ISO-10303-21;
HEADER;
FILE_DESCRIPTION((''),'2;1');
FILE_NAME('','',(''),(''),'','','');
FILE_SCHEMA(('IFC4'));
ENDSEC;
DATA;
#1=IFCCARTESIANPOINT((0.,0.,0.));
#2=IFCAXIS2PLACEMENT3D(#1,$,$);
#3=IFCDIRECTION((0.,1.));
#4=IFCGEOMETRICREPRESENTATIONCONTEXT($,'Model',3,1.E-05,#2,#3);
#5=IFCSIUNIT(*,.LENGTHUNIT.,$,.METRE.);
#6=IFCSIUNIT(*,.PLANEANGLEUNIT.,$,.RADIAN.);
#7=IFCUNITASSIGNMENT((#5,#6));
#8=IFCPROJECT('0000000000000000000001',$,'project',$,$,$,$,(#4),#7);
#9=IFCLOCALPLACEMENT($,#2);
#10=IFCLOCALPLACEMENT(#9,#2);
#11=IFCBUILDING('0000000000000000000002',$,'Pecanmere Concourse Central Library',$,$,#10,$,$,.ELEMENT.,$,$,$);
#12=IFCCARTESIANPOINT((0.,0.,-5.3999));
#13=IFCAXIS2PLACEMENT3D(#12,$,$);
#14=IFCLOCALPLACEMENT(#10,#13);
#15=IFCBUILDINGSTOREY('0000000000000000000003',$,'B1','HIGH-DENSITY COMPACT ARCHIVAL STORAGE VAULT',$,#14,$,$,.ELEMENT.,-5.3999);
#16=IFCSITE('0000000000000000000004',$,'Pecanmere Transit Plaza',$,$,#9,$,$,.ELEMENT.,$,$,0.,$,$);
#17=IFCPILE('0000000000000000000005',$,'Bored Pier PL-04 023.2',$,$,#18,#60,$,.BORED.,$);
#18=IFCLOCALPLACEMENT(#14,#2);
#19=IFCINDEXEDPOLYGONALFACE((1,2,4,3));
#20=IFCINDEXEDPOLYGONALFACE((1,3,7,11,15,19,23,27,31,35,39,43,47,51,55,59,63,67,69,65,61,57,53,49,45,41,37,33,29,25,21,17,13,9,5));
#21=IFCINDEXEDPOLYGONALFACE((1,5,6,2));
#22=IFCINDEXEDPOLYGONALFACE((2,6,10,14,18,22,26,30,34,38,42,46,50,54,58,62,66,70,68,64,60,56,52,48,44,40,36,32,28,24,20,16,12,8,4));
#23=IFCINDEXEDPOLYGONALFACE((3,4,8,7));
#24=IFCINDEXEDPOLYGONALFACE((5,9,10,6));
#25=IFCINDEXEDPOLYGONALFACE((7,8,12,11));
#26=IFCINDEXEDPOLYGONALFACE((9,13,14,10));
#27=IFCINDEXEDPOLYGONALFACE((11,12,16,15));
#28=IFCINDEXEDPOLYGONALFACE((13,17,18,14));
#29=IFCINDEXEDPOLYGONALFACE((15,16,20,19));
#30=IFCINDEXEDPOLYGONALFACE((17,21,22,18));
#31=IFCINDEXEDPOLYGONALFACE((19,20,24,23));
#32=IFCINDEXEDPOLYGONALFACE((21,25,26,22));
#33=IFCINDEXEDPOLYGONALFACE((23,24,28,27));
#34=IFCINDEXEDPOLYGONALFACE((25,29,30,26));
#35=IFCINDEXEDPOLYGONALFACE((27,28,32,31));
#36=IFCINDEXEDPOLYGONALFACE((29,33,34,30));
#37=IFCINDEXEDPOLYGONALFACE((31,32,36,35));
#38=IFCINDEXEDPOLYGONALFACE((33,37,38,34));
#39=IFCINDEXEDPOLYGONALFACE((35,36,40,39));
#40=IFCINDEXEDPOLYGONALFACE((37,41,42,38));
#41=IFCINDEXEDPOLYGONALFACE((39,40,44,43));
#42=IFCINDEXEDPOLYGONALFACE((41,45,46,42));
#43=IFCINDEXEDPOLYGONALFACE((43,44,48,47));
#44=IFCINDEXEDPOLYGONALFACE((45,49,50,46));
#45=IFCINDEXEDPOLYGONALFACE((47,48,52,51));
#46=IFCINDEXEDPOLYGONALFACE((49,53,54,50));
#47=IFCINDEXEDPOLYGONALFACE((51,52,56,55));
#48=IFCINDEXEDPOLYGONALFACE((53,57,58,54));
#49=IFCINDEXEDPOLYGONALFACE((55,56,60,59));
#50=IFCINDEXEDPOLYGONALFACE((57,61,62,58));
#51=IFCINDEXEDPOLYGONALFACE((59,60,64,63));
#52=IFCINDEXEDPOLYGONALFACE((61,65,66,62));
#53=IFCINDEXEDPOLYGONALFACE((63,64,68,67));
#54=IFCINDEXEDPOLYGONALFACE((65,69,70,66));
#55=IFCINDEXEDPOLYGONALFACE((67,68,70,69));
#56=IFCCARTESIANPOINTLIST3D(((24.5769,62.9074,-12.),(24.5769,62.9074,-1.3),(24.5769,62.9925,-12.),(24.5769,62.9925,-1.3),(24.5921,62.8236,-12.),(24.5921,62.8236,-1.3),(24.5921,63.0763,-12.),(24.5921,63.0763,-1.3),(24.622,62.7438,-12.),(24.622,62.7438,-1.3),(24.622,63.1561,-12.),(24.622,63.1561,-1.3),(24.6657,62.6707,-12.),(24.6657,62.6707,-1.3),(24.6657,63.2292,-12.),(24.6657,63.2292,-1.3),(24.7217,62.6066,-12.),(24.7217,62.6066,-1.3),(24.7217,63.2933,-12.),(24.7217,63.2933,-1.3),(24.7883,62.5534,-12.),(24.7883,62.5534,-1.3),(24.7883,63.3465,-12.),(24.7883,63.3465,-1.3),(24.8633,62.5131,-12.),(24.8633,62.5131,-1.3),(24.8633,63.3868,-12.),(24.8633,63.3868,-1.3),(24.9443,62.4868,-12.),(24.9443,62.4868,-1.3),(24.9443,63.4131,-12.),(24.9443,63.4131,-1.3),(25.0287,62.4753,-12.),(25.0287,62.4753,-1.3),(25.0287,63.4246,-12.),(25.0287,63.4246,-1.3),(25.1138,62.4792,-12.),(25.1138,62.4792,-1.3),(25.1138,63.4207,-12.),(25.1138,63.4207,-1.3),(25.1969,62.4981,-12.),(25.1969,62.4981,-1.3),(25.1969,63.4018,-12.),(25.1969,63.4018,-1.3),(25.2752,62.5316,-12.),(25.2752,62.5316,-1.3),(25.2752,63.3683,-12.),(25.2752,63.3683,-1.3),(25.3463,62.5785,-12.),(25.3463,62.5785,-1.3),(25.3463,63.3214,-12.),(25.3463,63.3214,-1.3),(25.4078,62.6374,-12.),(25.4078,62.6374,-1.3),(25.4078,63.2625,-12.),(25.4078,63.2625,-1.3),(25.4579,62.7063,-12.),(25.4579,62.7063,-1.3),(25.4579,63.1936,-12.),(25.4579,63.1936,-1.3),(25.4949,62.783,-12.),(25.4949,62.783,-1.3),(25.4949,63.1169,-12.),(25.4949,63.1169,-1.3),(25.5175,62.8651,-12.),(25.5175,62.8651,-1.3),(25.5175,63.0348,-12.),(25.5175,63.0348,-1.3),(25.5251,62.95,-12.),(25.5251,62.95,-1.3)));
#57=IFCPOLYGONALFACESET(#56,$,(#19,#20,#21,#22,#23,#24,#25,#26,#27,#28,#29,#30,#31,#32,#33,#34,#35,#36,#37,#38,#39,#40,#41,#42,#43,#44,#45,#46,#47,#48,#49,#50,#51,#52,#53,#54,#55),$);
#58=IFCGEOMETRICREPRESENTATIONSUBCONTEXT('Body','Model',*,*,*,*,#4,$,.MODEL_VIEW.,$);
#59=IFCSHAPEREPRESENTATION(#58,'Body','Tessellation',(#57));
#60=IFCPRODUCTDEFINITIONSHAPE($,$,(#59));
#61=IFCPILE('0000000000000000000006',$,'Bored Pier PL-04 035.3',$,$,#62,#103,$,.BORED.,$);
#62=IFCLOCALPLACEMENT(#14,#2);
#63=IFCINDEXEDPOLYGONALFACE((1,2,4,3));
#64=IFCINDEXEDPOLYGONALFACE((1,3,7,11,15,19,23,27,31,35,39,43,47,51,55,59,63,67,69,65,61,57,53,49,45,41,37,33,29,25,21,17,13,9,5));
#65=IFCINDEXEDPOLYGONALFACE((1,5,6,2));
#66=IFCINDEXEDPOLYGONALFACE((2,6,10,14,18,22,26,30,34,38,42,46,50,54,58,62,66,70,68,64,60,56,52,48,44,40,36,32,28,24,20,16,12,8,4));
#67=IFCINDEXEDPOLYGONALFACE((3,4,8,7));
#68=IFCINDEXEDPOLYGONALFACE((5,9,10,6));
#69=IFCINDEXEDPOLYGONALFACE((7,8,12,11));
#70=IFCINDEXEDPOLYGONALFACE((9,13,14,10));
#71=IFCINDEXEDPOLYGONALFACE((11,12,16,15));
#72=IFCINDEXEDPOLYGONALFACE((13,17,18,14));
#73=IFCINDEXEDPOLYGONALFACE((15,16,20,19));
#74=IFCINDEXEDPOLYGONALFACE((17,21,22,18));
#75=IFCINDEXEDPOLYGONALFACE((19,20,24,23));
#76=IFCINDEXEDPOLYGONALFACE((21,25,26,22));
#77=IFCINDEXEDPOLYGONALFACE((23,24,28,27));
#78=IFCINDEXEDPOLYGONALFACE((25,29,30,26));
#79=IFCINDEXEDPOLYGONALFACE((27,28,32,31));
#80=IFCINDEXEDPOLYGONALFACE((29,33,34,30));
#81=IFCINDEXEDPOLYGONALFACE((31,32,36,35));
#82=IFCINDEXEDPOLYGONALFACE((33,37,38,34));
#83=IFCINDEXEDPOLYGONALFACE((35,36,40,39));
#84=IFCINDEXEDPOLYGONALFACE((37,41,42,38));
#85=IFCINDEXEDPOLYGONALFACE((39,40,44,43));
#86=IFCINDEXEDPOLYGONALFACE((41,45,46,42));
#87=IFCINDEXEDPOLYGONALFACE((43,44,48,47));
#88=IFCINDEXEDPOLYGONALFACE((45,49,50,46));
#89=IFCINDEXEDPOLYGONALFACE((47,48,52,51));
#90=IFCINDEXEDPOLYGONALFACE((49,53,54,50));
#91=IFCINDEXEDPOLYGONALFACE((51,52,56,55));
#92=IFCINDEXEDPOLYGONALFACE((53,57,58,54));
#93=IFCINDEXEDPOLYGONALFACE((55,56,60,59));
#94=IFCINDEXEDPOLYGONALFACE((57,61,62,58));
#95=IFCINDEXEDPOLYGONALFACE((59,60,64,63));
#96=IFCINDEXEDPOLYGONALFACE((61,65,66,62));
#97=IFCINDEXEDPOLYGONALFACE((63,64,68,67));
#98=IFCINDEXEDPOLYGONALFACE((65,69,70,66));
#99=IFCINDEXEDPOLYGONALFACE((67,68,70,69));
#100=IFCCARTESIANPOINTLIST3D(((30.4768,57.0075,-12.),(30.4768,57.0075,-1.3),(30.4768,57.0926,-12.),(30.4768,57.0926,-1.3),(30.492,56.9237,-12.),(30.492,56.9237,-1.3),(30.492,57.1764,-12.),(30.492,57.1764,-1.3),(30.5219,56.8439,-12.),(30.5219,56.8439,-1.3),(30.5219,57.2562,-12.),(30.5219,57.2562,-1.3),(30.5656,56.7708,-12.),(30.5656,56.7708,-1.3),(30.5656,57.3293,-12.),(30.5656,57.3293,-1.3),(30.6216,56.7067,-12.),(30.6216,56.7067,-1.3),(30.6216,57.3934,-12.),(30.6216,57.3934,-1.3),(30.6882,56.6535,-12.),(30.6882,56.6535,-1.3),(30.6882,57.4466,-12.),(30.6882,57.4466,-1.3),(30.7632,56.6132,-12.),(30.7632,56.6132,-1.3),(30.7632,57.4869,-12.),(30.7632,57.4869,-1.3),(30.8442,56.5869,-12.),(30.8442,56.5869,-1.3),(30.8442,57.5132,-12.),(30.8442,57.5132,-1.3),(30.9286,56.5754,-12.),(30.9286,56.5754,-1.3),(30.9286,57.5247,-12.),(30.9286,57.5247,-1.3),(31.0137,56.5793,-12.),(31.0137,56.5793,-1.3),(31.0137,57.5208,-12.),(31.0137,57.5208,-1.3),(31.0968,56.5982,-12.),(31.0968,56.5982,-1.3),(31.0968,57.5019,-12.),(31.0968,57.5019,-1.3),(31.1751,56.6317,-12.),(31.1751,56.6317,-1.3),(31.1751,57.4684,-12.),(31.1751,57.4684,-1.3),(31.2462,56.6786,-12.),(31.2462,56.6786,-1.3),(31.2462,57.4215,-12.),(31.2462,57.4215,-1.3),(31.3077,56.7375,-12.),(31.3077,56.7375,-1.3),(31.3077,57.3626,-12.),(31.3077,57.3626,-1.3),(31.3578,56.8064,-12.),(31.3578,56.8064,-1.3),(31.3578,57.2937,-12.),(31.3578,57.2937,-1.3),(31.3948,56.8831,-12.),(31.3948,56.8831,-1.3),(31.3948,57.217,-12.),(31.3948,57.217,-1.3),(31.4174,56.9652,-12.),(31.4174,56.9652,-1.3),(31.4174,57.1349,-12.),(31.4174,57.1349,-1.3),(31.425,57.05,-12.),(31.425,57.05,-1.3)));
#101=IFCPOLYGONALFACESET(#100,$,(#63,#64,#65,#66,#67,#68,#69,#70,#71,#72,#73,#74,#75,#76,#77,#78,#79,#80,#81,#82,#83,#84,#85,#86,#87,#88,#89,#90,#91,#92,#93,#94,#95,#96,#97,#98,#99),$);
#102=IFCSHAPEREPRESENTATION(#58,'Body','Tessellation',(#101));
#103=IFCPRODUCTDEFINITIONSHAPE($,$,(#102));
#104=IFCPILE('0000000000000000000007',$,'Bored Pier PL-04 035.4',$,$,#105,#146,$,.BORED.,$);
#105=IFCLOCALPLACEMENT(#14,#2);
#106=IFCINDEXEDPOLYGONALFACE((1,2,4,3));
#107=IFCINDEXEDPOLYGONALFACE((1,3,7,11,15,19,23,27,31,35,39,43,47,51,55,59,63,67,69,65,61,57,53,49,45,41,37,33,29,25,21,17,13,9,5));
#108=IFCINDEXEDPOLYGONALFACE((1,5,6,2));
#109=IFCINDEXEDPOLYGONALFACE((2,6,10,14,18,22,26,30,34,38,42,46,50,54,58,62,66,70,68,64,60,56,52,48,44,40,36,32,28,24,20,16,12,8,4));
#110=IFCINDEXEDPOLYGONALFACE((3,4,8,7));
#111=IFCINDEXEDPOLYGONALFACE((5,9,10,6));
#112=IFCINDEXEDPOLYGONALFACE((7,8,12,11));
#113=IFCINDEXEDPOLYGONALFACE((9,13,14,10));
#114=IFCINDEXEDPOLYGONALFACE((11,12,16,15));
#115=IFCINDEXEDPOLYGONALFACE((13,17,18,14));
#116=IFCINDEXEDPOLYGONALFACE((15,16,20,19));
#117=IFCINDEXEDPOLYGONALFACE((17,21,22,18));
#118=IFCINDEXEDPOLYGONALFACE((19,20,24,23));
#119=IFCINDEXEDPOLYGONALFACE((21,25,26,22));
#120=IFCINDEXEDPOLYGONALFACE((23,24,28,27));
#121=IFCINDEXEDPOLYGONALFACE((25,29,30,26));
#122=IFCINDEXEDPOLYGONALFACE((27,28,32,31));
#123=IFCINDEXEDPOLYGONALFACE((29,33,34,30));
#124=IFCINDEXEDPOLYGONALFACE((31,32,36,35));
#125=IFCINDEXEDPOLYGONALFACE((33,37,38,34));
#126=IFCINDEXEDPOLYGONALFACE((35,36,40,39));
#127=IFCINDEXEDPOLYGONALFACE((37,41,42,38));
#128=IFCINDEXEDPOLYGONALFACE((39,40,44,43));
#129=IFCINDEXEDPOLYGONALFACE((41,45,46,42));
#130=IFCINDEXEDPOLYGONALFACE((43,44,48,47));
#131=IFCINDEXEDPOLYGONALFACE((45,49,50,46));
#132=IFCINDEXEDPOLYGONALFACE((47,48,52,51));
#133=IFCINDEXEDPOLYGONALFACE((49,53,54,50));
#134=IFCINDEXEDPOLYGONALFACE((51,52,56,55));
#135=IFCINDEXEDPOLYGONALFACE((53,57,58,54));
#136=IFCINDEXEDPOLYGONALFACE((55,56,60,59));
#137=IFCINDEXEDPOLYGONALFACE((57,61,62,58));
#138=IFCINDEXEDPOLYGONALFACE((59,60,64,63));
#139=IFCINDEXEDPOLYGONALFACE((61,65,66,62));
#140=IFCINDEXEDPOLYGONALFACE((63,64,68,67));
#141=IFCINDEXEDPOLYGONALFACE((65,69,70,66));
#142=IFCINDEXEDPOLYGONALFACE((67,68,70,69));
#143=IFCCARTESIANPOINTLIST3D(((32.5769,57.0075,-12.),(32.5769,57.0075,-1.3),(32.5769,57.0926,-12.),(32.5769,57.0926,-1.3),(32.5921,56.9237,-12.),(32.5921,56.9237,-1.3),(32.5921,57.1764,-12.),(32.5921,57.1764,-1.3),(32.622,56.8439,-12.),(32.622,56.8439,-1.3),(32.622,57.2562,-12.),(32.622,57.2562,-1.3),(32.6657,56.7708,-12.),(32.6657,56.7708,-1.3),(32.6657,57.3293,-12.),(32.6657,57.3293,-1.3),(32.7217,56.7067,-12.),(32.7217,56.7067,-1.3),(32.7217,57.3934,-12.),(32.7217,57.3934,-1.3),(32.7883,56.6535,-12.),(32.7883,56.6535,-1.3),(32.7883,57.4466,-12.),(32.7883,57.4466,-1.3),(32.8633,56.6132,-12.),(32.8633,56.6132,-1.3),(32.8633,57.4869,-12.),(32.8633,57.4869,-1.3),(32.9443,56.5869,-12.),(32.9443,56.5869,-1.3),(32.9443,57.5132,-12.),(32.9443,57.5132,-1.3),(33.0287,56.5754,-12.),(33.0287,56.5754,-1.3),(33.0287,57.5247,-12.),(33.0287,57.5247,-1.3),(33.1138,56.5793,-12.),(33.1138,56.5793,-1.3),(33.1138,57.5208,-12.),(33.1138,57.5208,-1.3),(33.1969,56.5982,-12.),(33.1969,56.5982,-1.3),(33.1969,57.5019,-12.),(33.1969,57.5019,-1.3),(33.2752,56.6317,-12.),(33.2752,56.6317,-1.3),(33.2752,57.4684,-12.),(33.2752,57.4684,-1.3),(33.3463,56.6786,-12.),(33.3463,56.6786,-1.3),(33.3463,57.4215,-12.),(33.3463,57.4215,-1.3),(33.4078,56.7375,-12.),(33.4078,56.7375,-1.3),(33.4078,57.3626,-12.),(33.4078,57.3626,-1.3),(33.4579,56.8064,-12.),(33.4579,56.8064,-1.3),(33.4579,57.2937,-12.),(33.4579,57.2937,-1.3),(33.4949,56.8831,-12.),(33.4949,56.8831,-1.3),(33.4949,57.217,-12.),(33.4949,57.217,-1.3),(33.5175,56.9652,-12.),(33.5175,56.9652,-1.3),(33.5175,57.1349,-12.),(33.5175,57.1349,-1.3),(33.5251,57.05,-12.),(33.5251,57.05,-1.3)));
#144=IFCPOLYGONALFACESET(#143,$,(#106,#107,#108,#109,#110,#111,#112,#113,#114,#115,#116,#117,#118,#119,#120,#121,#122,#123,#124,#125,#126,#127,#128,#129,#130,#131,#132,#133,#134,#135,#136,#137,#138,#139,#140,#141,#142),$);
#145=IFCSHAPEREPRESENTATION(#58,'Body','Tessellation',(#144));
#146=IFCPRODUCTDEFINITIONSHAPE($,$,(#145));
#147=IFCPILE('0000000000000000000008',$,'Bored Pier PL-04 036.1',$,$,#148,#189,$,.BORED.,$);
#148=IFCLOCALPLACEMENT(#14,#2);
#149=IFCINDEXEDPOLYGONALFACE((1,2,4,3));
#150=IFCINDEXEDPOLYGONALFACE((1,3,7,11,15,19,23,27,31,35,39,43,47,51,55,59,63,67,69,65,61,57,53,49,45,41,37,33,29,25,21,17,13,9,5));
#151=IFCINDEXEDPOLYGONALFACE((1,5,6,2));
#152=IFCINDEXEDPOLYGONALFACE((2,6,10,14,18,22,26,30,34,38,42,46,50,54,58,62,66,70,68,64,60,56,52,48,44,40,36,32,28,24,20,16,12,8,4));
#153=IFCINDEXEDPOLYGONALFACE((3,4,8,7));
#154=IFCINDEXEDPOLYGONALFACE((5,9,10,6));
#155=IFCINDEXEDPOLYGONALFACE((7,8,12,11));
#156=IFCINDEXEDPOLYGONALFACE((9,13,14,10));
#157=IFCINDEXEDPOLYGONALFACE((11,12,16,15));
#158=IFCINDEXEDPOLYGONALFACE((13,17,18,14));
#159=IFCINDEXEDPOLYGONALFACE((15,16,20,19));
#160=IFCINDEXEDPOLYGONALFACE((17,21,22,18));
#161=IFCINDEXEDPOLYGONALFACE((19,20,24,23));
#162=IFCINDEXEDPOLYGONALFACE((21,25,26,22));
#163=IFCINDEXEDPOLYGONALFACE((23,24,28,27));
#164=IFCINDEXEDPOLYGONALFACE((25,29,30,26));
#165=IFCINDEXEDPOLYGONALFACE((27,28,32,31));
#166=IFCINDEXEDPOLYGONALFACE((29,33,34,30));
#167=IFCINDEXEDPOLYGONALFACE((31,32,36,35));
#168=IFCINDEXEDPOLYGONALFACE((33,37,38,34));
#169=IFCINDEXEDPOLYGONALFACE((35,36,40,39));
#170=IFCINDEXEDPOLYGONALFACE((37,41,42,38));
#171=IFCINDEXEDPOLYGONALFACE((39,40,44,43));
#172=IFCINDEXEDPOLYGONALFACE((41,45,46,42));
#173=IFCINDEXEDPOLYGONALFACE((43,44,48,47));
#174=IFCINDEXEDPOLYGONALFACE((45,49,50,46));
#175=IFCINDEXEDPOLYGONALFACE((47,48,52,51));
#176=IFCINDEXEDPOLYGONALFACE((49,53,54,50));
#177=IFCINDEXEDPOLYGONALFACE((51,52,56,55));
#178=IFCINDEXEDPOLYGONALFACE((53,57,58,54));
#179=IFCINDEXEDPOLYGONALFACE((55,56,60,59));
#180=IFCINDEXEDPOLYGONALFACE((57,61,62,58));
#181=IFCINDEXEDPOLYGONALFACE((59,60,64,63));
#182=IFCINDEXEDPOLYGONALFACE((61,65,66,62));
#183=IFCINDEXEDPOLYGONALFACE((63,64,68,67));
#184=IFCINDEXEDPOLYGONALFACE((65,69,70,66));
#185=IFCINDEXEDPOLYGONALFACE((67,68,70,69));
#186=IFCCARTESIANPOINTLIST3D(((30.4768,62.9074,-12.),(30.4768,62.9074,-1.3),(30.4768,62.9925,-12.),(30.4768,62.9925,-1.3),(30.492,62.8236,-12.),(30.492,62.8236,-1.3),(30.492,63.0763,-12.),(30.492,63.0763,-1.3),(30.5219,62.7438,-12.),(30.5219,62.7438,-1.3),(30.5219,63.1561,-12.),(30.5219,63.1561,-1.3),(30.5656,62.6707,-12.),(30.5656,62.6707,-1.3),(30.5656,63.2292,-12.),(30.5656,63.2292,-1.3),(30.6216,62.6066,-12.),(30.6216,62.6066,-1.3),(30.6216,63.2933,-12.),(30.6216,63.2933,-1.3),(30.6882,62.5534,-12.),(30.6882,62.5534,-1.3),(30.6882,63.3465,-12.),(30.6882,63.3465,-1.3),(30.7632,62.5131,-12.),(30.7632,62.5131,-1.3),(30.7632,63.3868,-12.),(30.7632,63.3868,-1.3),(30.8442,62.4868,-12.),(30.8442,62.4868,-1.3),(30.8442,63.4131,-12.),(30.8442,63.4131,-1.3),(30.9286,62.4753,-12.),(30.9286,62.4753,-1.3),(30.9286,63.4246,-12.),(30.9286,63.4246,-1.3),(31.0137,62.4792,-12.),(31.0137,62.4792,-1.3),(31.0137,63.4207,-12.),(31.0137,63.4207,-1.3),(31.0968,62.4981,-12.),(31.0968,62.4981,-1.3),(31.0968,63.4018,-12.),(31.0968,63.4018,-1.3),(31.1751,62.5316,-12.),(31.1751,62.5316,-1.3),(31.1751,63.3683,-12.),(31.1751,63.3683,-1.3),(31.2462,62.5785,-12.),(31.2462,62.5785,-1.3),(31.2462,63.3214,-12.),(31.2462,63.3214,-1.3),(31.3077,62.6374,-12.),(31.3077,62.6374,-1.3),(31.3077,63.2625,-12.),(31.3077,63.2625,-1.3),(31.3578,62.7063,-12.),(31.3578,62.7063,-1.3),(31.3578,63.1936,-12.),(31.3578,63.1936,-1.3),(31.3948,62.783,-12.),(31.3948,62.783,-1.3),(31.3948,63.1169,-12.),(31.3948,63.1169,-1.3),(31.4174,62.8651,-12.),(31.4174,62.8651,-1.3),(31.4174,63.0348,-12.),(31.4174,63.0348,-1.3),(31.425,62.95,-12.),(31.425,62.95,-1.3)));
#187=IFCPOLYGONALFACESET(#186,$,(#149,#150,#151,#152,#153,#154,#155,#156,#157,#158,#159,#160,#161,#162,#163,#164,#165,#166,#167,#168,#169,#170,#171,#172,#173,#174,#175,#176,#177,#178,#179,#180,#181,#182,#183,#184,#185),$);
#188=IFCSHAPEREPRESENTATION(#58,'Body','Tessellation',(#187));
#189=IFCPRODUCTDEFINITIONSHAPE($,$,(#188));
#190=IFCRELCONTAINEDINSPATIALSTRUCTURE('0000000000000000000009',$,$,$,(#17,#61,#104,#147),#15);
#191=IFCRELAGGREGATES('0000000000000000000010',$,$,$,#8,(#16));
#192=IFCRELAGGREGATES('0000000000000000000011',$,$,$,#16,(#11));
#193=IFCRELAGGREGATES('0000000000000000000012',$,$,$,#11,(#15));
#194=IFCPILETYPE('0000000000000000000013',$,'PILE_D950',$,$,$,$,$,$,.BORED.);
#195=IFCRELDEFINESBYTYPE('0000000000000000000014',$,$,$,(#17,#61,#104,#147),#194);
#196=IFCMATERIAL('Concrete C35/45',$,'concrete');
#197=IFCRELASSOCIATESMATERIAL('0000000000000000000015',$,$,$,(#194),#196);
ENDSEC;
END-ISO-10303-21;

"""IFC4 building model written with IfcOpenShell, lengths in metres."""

from ifc_helpers import new_model, si_unit, direction, frame, origin, origin_2d, place, context, subcontext, project, spatial, circle, extrude, material, material_profile, profile_set, type_object, element, save


model = new_model("IFC4")

# Units and contexts
model_context = context("Model", 3, precision=1e-05, world=origin(), true_north=direction((0.0, 1.0)))
body_context = subcontext(model_context, "Body", "Model", "MODEL_VIEW")
ifc_project = project(units=[si_unit("LENGTHUNIT", "METRE"), si_unit("PLANEANGLEUNIT", "RADIAN")], contexts=[model_context])

# Site, building, storey
site_placement = place(None, origin())
site = spatial("IfcSite", under=ifc_project, at=site_placement, Name="Pecanmere Transit Plaza", CompositionType="ELEMENT", RefElevation=0.0)
building_placement = place(site_placement, origin())
building = spatial("IfcBuilding", under=site, at=building_placement, Name="Pecanmere Concourse Central Library", CompositionType="ELEMENT")
storey_placement = place(building_placement, frame((0.0, 0.0, -5.3999)))
storey = spatial("IfcBuildingStorey", under=building, at=storey_placement, Name="B1", Description="HIGH-DENSITY COMPACT ARCHIVAL STORAGE VAULT", CompositionType="ELEMENT", Elevation=-5.3999)

# Piles
ifc_material_1 = material(Name="Concrete C35/45", Category="concrete")
ifc_material_profile_1 = material_profile(ifc_material_1, circle(Radius=0.4751, at=origin_2d()), Name="PIER D950")
ifc_profile_set_1 = profile_set([ifc_material_profile_1], Name="Concrete C35/45")
pile_type = type_object("IfcPileType", Name="PILE_D950", PredefinedType="BORED", material=ifc_profile_set_1)
for number, where, z_axis, x_axis, name in (
    (1, (25.05, 62.95, -1.3), (0.0, 0.0, -1.0), (1.0, 0.0, 0.0), "Bored Pier PL-04 023.2"),
    (2, (30.95, 57.05, -1.3), (0.0, 0.0, -1.0), (1.0, 0.0, 0.0), "Bored Pier PL-04 035.3"),
    (3, (33.05, 57.05, -1.3), (0.0, 0.0, -1.0), (1.0, 0.0, 0.0), "Bored Pier PL-04 035.4"),
    (4, (30.95, 62.95, -1.3), (0.0, 0.0, -1.0), (1.0, 0.0, 0.0), "Bored Pier PL-04 036.1"),
):
    element("IfcPile", number, at=place(storey_placement, frame(where, z_axis=z_axis, x_axis=x_axis)), inside=storey, type_object=pile_type, Name=name, PredefinedType="BORED", context=body_context, shape_type="SweptSolid", body=[
        extrude(circle(Radius=0.4751, at=origin_2d()), origin(), (0.0, 0.0, 1.0), 10.7),
    ])

save(model, "model.ifc")
